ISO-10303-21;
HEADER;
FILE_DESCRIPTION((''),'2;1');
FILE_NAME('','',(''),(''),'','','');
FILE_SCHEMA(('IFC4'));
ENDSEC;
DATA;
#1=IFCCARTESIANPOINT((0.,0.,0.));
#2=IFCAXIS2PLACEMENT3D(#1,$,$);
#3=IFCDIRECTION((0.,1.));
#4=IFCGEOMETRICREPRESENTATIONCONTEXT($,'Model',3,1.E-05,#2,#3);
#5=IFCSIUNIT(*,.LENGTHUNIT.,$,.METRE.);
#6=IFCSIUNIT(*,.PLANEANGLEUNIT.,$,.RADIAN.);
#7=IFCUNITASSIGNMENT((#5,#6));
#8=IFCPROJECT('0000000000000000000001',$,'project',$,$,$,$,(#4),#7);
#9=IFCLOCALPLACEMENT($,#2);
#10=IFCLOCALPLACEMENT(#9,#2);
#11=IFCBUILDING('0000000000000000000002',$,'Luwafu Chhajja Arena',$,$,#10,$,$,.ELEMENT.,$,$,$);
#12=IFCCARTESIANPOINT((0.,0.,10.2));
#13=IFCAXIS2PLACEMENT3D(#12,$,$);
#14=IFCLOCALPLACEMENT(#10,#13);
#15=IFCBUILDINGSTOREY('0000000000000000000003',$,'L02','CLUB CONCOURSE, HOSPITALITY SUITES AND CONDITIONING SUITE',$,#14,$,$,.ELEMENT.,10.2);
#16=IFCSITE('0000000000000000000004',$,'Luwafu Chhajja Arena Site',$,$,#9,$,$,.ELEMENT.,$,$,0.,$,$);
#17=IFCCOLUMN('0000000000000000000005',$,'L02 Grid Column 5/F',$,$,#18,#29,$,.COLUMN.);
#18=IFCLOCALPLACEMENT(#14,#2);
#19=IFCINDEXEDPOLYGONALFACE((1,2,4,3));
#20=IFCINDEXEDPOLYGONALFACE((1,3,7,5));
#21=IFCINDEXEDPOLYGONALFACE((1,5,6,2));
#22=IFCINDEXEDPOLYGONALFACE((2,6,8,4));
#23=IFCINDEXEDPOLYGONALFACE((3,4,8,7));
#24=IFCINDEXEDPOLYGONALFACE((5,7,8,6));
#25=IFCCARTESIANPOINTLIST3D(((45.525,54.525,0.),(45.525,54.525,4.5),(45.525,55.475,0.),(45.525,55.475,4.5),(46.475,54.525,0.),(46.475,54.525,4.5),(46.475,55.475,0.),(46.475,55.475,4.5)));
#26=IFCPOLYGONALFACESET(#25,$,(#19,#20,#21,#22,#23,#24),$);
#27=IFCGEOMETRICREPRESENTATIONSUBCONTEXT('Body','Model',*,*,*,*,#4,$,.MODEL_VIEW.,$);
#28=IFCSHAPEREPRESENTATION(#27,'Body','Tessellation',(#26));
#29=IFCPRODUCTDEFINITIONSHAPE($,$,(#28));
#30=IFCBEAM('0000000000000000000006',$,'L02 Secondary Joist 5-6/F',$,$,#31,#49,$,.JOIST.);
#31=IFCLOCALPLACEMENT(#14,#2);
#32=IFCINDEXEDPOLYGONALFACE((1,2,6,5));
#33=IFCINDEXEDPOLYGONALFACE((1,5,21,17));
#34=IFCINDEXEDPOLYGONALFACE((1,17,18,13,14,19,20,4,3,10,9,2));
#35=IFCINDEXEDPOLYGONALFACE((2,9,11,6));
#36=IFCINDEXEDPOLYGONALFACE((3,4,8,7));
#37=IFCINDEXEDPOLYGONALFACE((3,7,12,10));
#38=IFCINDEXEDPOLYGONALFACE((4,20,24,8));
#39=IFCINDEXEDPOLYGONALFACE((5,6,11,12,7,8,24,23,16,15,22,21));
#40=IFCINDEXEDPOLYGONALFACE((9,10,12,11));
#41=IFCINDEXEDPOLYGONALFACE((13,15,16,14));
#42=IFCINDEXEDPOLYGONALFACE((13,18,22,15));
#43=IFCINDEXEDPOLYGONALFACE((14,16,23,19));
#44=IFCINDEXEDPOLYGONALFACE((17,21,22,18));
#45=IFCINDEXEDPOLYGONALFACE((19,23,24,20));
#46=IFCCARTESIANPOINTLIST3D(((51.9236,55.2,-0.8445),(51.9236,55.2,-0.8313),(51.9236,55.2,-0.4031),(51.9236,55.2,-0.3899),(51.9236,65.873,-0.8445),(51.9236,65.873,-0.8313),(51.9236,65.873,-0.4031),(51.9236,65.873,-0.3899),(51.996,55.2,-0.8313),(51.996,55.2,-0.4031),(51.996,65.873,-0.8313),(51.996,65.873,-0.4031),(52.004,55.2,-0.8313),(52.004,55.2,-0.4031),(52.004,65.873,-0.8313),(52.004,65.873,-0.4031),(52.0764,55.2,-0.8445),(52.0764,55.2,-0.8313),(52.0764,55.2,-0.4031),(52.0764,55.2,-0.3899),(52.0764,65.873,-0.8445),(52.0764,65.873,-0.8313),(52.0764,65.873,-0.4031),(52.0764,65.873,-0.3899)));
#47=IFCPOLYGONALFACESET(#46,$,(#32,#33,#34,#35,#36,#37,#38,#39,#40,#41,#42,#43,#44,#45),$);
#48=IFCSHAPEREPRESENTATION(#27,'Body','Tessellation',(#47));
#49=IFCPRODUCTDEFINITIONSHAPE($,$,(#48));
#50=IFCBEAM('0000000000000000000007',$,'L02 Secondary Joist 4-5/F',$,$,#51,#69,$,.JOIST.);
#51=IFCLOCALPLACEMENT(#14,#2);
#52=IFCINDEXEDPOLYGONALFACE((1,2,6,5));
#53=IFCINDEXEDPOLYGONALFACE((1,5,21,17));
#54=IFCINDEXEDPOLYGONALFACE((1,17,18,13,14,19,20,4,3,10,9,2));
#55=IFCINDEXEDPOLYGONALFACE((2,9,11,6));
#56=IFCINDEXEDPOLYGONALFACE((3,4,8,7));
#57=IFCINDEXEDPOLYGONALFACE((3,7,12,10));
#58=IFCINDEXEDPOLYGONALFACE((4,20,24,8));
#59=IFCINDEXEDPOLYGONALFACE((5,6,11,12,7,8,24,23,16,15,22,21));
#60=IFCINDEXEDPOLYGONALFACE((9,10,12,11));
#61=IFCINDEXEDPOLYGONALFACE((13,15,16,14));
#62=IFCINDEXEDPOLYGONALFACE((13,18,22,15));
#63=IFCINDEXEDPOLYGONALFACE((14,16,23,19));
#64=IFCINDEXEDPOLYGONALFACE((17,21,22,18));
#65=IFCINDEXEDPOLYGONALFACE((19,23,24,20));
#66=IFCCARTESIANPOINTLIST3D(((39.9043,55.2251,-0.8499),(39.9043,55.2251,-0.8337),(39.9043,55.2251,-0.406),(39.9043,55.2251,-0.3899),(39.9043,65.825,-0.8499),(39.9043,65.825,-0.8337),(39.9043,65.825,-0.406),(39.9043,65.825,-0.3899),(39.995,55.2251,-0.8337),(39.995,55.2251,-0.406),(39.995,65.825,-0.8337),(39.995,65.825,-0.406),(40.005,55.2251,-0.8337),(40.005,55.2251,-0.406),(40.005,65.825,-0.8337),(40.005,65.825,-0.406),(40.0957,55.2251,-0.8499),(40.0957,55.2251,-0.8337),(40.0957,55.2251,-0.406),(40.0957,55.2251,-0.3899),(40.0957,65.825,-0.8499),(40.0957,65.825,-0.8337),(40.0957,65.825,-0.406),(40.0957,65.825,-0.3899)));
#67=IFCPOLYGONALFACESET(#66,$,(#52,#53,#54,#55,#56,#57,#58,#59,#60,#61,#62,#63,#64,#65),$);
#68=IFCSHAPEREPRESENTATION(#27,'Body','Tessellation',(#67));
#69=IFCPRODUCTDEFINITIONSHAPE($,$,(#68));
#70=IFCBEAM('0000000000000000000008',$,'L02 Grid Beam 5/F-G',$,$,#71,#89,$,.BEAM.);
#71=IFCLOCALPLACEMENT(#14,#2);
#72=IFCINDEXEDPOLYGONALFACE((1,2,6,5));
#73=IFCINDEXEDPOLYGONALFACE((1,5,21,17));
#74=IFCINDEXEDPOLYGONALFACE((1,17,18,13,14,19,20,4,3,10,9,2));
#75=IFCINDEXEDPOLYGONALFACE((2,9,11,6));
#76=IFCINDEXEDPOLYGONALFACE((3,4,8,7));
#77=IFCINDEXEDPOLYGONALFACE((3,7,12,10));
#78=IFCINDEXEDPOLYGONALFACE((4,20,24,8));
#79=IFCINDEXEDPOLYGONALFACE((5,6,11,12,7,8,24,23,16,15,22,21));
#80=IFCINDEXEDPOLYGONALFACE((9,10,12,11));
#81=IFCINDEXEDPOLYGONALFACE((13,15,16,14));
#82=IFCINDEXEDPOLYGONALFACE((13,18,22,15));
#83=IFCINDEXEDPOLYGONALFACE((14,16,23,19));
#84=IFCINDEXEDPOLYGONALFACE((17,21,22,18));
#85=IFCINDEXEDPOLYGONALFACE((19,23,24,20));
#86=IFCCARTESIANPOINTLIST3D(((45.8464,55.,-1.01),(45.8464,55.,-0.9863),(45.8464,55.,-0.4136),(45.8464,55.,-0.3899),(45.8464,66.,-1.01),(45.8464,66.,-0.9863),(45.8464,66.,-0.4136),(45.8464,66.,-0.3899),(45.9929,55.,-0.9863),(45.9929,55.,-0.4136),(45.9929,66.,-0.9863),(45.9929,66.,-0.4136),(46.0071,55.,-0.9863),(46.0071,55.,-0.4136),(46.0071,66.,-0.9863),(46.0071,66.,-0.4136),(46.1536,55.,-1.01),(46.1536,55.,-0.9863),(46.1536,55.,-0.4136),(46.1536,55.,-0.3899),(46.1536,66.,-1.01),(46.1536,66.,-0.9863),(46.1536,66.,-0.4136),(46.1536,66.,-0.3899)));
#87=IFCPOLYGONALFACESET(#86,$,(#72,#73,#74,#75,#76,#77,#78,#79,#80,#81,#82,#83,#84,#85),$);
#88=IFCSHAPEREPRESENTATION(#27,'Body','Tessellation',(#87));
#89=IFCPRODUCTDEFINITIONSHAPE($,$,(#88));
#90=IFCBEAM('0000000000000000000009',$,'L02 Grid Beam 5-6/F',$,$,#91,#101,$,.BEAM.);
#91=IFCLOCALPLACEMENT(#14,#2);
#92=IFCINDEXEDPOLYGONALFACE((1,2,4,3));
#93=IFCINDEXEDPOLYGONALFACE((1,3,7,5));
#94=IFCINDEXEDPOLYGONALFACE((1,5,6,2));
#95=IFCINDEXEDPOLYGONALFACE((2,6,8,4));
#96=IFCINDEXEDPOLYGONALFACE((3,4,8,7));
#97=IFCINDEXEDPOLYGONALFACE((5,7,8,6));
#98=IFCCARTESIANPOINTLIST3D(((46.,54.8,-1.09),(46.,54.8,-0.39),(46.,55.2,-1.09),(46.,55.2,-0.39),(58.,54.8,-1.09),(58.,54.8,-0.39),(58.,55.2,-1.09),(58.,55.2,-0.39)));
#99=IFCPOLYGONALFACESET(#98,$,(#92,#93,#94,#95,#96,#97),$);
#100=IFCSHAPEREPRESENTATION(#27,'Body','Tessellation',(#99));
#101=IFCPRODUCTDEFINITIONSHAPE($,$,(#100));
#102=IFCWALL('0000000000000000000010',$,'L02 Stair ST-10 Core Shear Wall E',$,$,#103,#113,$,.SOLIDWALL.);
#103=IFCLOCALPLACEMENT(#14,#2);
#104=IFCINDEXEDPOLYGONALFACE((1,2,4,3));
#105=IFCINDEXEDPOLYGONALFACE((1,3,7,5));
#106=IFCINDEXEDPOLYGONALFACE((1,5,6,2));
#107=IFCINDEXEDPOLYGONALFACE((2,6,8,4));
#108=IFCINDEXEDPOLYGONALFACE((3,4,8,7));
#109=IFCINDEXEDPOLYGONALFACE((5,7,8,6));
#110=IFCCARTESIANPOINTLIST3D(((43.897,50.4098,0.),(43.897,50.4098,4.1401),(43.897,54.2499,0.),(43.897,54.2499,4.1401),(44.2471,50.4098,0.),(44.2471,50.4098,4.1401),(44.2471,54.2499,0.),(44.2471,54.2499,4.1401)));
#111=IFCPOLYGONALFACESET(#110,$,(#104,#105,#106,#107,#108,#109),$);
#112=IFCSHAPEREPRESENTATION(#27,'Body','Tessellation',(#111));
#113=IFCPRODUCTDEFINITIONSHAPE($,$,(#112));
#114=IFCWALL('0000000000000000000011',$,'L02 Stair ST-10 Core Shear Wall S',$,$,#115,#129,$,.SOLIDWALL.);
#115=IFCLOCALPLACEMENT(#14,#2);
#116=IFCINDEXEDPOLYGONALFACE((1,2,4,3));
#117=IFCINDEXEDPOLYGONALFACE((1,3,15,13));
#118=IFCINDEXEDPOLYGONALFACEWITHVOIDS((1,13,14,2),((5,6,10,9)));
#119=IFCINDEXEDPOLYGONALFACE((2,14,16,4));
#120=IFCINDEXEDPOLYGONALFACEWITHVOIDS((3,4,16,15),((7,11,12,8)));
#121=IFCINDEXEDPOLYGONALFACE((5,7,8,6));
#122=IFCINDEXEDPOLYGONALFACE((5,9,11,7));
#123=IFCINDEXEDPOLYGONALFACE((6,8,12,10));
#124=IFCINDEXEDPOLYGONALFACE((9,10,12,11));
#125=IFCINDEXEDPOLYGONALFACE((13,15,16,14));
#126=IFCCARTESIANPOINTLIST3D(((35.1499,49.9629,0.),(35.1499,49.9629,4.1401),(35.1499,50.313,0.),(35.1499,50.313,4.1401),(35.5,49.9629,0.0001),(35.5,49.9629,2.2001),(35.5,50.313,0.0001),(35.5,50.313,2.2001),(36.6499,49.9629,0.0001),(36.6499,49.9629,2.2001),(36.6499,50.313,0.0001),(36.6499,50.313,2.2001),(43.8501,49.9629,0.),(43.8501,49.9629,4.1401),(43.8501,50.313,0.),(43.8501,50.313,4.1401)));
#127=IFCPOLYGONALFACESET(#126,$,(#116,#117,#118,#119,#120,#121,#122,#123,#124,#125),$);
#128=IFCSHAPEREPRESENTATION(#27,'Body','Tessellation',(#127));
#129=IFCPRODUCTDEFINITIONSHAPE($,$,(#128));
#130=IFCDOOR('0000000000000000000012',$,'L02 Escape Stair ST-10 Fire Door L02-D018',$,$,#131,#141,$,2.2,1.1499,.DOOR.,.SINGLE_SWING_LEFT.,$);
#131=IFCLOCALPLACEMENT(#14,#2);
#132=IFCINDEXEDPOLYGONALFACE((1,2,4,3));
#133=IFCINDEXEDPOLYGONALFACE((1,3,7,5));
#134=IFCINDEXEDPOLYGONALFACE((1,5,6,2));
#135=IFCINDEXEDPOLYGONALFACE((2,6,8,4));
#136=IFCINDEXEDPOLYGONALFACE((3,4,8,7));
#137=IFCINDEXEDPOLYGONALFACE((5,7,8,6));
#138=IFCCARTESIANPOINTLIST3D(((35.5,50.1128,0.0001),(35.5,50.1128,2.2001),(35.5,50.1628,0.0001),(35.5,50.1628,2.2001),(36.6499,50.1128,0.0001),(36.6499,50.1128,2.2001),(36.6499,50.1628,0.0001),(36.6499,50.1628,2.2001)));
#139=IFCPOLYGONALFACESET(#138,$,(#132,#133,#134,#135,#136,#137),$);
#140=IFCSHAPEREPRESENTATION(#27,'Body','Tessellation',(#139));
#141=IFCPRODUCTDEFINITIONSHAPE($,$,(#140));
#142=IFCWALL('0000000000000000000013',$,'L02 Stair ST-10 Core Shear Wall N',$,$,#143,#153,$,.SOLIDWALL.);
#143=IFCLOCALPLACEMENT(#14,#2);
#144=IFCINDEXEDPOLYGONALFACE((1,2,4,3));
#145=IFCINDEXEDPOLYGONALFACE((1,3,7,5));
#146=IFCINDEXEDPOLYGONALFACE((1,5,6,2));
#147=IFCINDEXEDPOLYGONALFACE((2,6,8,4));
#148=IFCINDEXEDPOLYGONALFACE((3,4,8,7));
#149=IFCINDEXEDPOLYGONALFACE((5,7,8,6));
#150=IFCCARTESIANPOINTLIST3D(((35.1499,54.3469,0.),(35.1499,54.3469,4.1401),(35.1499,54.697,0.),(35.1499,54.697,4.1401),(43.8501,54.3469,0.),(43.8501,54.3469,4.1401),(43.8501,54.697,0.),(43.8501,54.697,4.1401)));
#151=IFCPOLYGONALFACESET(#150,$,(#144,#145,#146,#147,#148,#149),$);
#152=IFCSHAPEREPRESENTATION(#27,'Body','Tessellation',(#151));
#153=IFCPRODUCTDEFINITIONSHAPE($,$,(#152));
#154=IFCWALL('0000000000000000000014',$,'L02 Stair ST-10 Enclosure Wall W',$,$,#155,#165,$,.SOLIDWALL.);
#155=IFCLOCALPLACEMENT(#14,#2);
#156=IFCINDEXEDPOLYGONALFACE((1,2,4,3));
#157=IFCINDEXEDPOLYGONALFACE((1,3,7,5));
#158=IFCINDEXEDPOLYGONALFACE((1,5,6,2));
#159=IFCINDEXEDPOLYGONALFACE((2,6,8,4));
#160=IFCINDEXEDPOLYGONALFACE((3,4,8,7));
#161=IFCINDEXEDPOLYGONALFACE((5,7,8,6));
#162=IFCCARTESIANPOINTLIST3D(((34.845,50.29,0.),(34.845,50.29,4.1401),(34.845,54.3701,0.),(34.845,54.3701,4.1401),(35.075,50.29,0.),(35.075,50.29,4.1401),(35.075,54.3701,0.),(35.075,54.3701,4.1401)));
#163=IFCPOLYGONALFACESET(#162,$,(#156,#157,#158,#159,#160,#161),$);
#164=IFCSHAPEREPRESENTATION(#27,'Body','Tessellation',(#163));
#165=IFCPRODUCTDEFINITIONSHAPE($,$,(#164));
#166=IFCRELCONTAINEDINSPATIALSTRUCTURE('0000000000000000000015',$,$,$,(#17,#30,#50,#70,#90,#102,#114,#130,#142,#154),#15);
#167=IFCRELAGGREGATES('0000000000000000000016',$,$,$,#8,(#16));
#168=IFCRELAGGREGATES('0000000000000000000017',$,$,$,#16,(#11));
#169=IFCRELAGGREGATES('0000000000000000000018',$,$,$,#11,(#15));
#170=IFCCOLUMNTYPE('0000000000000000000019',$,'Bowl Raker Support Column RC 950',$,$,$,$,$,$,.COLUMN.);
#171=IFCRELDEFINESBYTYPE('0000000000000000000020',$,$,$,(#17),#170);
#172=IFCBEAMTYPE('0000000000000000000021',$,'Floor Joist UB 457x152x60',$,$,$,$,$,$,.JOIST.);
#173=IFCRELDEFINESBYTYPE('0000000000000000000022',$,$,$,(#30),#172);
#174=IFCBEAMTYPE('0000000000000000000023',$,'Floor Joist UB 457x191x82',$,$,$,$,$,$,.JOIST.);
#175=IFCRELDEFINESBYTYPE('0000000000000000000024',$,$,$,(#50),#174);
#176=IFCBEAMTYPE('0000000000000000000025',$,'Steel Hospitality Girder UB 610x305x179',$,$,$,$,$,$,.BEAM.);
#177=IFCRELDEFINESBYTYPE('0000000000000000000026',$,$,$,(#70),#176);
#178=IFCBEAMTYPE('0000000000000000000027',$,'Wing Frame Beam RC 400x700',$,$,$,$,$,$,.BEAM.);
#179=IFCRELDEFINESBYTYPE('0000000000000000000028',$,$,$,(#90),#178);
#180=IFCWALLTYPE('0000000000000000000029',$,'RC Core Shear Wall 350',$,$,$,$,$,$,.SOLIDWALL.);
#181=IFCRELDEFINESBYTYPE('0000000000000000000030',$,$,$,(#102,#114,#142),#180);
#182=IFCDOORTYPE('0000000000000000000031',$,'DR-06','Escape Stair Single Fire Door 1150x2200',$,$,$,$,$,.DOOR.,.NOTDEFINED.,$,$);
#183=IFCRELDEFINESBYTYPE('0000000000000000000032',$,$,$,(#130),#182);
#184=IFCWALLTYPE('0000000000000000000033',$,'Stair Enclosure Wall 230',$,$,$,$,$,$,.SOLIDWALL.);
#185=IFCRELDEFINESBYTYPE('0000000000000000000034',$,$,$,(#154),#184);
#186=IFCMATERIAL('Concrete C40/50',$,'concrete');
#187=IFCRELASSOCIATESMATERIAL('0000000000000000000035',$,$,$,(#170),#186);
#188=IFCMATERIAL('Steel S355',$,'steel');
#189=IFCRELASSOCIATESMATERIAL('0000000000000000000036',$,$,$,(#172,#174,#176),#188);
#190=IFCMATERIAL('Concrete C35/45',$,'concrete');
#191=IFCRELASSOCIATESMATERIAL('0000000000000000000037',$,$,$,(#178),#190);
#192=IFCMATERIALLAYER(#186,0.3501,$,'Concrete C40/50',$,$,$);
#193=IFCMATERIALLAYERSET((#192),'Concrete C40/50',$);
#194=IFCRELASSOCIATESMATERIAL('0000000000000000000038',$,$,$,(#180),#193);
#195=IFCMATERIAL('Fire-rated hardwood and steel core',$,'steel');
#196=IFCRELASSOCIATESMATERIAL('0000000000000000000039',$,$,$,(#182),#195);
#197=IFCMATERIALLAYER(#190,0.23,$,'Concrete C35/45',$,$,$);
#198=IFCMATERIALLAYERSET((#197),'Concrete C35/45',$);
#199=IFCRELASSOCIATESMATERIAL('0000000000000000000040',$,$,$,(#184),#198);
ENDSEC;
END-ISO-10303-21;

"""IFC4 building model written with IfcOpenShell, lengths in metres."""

from ifc_helpers import new_model, si_unit, direction, frame, frame_2d, origin, origin_2d, place, context, subcontext, project, spatial, rectangle, i_section, extrude, material, layer, layer_set, material_profile, profile_set, type_object, element, fill, save


model = new_model("IFC4")

# Units and contexts
model_context = context("Model", 3, precision=1e-05, world=origin(), true_north=direction((0.0, 1.0)))
body_context = subcontext(model_context, "Body", "Model", "MODEL_VIEW")
ifc_project = project(units=[si_unit("LENGTHUNIT", "METRE"), si_unit("PLANEANGLEUNIT", "RADIAN")], contexts=[model_context])

# Site, building, storey
site_placement = place(None, origin())
site = spatial("IfcSite", under=ifc_project, at=site_placement, Name="Luwafu Chhajja Arena Site", CompositionType="ELEMENT", RefElevation=0.0)
building_placement = place(site_placement, origin())
building = spatial("IfcBuilding", under=site, at=building_placement, Name="Luwafu Chhajja Arena", CompositionType="ELEMENT")
storey_placement = place(building_placement, frame((0.0, 0.0, 10.2)))
storey = spatial("IfcBuildingStorey", under=building, at=storey_placement, Name="L02", Description="CLUB CONCOURSE, HOSPITALITY SUITES AND CONDITIONING SUITE", CompositionType="ELEMENT", Elevation=10.2)

# Column
ifc_material_1 = material(Name="Concrete C40/50", Category="concrete")
ifc_material_profile_1 = material_profile(ifc_material_1, rectangle(XDim=0.95, YDim=0.95, at=origin_2d()), Name="RC 950x950")
ifc_profile_set_1 = profile_set([ifc_material_profile_1], Name="Concrete C40/50")
column_type = type_object("IfcColumnType", Name="Bowl Raker Support Column RC 950", PredefinedType="COLUMN", material=ifc_profile_set_1)
column_placement = place(storey_placement, frame((46.0, 55.0, 0.0), z_axis=(0.0, 0.0, 1.0), x_axis=(1.0, 0.0, 0.0)))
element("IfcColumn", 1, at=column_placement, inside=storey, type_object=column_type, Name="L02 Grid Column 5/F", PredefinedType="COLUMN", context=body_context, shape_type="SweptSolid", body=[
    extrude(rectangle(XDim=0.95, YDim=0.95, at=origin_2d()), origin(), (0.0, 0.0, 1.0), 4.5),
])

# Beams
ifc_material_2 = material(Name="Steel S355", Category="steel")
ifc_material_profile_2 = material_profile(ifc_material_2, i_section(OverallWidth=0.1528, OverallDepth=0.4546, WebThickness=0.0081, FlangeThickness=0.0132, at=origin_2d()), Name="UB 457x152x60")
ifc_profile_set_2 = profile_set([ifc_material_profile_2], Name="Steel S355")
beam_type_1 = type_object("IfcBeamType", Name="Floor Joist UB 457x152x60", PredefinedType="JOIST", material=ifc_profile_set_2)
beam_1_placement = place(storey_placement, frame((52.0, 55.2, -0.6172), z_axis=(0.0, 1.0, 0.0), x_axis=(-1.0, 0.0, 0.0)))
element("IfcBeam", 2, at=beam_1_placement, inside=storey, type_object=beam_type_1, Name="L02 Secondary Joist 5-6/F", PredefinedType="JOIST", context=body_context, shape_type="SweptSolid", body=[
    extrude(i_section(OverallWidth=0.1528, OverallDepth=0.4546, WebThickness=0.0081, FlangeThickness=0.0132, at=origin_2d()), origin(), (0.0, 0.0, 1.0), 10.6731),
])
ifc_material_profile_3 = material_profile(ifc_material_2, i_section(OverallWidth=0.1914, OverallDepth=0.46, WebThickness=0.01, FlangeThickness=0.0161, at=origin_2d()), Name="UB 457x191x82")
ifc_profile_set_3 = profile_set([ifc_material_profile_3], Name="Steel S355")
beam_type_2 = type_object("IfcBeamType", Name="Floor Joist UB 457x191x82", PredefinedType="JOIST", material=ifc_profile_set_3)
beam_2_placement = place(storey_placement, frame((40.0, 55.2251, -0.6199), z_axis=(0.0, 1.0, 0.0), x_axis=(-1.0, 0.0, 0.0)))
element("IfcBeam", 3, at=beam_2_placement, inside=storey, type_object=beam_type_2, Name="L02 Secondary Joist 4-5/F", PredefinedType="JOIST", context=body_context, shape_type="SweptSolid", body=[
    extrude(i_section(OverallWidth=0.1914, OverallDepth=0.46, WebThickness=0.01, FlangeThickness=0.0161, at=origin_2d()), origin(), (0.0, 0.0, 1.0), 10.5999),
])
ifc_material_profile_4 = material_profile(ifc_material_2, i_section(OverallWidth=0.3071, OverallDepth=0.6201, WebThickness=0.0142, FlangeThickness=0.0237, at=origin_2d()), Name="UB 610x305x179")
ifc_profile_set_4 = profile_set([ifc_material_profile_4], Name="Steel S355")
beam_type_3 = type_object("IfcBeamType", Name="Steel Hospitality Girder UB 610x305x179", PredefinedType="BEAM", material=ifc_profile_set_4)
beam_3_placement = place(storey_placement, frame((46.0, 55.0, -0.7), z_axis=(0.0, 1.0, 0.0), x_axis=(-1.0, 0.0, 0.0)))
element("IfcBeam", 4, at=beam_3_placement, inside=storey, type_object=beam_type_3, Name="L02 Grid Beam 5/F-G", PredefinedType="BEAM", context=body_context, shape_type="SweptSolid", body=[
    extrude(i_section(OverallWidth=0.3071, OverallDepth=0.6201, WebThickness=0.0142, FlangeThickness=0.0237, at=origin_2d()), origin(), (0.0, 0.0, 1.0), 11.0),
])
ifc_material_3 = material(Name="Concrete C35/45", Category="concrete")
ifc_material_profile_5 = material_profile(ifc_material_3, rectangle(XDim=0.3999, YDim=0.7, at=origin_2d()), Name="RC 400x700")
ifc_profile_set_5 = profile_set([ifc_material_profile_5], Name="Concrete C35/45")
beam_type_4 = type_object("IfcBeamType", Name="Wing Frame Beam RC 400x700", PredefinedType="BEAM", material=ifc_profile_set_5)
beam_4_placement = place(storey_placement, frame((46.0, 55.0, -0.74), z_axis=(1.0, 0.0, 0.0), x_axis=(0.0, 1.0, 0.0)))
element("IfcBeam", 5, at=beam_4_placement, inside=storey, type_object=beam_type_4, Name="L02 Grid Beam 5-6/F", PredefinedType="BEAM", context=body_context, shape_type="SweptSolid", body=[
    extrude(rectangle(XDim=0.3999, YDim=0.7, at=origin_2d()), origin(), (0.0, 0.0, 1.0), 12.0),
])

# Wall
ifc_layer_1 = layer(ifc_material_1, 0.3501, Name="Concrete C40/50")
ifc_layer_set_1 = layer_set([ifc_layer_1], Name="Concrete C40/50")
wall_type_1 = type_object("IfcWallType", Name="RC Core Shear Wall 350", PredefinedType="SOLIDWALL", material=ifc_layer_set_1)
wall_1_placement = place(storey_placement, frame((44.072, 50.4099, 0.0), z_axis=(0.0, 0.0, 1.0), x_axis=(0.0, 1.0, 0.0)))
element("IfcWall", 6, at=wall_1_placement, inside=storey, type_object=wall_type_1, Name="L02 Stair ST-10 Core Shear Wall E", PredefinedType="SOLIDWALL", context=body_context, shape_type="SweptSolid", body=[
    extrude(rectangle(XDim=3.8401, YDim=0.3501, at=frame_2d((1.9199, 0.0))), origin(), (0.0, 0.0, 1.0), 4.1401),
])

# Wall, opening, door
wall_2_placement = place(storey_placement, frame((35.1499, 50.1379, 0.0), z_axis=(0.0, 0.0, 1.0), x_axis=(1.0, 0.0, 0.0)))
wall_2 = element("IfcWall", 7, at=wall_2_placement, inside=storey, type_object=wall_type_1, Name="L02 Stair ST-10 Core Shear Wall S", PredefinedType="SOLIDWALL", context=body_context, shape_type="SweptSolid", body=[
    extrude(rectangle(XDim=8.7002, YDim=0.3501, at=frame_2d((4.3501, 0.0))), origin(), (0.0, 0.0, 1.0), 4.1401),
])
opening_placement = place(wall_2_placement, frame((0.3501, 0.0, 0.0)))
opening = element("IfcOpeningElement", 8, at=opening_placement, cuts=wall_2, PredefinedType="OPENING", context=body_context, shape_type="SweptSolid", body=[
    extrude(rectangle(XDim=1.1499, YDim=2.2, at=frame_2d((0.575, 1.1001))), frame((0.0, 0.1851, 0.0), z_axis=(0.0, -1.0, 0.0), x_axis=(1.0, 0.0, 0.0)), (0.0, 0.0, 1.0), 0.3701),
])
ifc_material_4 = material(Name="Fire-rated hardwood and steel core", Category="steel")
door_type = type_object("IfcDoorType", Name="DR-06", Description="Escape Stair Single Fire Door 1150x2200", OperationType="NOTDEFINED", PredefinedType="DOOR", material=ifc_material_4)
door_placement = place(opening_placement, origin())
door = element("IfcDoor", 9, at=door_placement, inside=storey, type_object=door_type, Name="L02 Escape Stair ST-10 Fire Door L02-D018", OperationType="SINGLE_SWING_LEFT", OverallHeight=2.2, OverallWidth=1.1499, PredefinedType="DOOR", context=body_context, shape_type="SweptSolid", body=[
    extrude(rectangle(XDim=1.1499, YDim=2.2, at=frame_2d((0.575, 1.1001))), frame((0.0, 0.0249, 0.0), z_axis=(0.0, -1.0, 0.0), x_axis=(1.0, 0.0, 0.0)), (0.0, 0.0, 1.0), 0.05),
])
fill(opening, door)

# Walls
wall_3_placement = place(storey_placement, frame((35.1499, 54.522, 0.0), z_axis=(0.0, 0.0, 1.0), x_axis=(1.0, 0.0, 0.0)))
element("IfcWall", 10, at=wall_3_placement, inside=storey, type_object=wall_type_1, Name="L02 Stair ST-10 Core Shear Wall N", PredefinedType="SOLIDWALL", context=body_context, shape_type="SweptSolid", body=[
    extrude(rectangle(XDim=8.7002, YDim=0.3501, at=frame_2d((4.3501, 0.0))), origin(), (0.0, 0.0, 1.0), 4.1401),
])
ifc_layer_2 = layer(ifc_material_3, 0.23, Name="Concrete C35/45")
ifc_layer_set_2 = layer_set([ifc_layer_2], Name="Concrete C35/45")
wall_type_2 = type_object("IfcWallType", Name="Stair Enclosure Wall 230", PredefinedType="SOLIDWALL", material=ifc_layer_set_2)
wall_4_placement = place(storey_placement, frame((34.96, 50.29, 0.0), z_axis=(0.0, 0.0, 1.0), x_axis=(0.0, 1.0, 0.0)))
element("IfcWall", 11, at=wall_4_placement, inside=storey, type_object=wall_type_2, Name="L02 Stair ST-10 Enclosure Wall W", PredefinedType="SOLIDWALL", context=body_context, shape_type="SweptSolid", body=[
    extrude(rectangle(XDim=4.0801, YDim=0.23, at=frame_2d((2.04, 0.0))), origin(), (0.0, 0.0, 1.0), 4.1401),
])

save(model, "model.ifc")
